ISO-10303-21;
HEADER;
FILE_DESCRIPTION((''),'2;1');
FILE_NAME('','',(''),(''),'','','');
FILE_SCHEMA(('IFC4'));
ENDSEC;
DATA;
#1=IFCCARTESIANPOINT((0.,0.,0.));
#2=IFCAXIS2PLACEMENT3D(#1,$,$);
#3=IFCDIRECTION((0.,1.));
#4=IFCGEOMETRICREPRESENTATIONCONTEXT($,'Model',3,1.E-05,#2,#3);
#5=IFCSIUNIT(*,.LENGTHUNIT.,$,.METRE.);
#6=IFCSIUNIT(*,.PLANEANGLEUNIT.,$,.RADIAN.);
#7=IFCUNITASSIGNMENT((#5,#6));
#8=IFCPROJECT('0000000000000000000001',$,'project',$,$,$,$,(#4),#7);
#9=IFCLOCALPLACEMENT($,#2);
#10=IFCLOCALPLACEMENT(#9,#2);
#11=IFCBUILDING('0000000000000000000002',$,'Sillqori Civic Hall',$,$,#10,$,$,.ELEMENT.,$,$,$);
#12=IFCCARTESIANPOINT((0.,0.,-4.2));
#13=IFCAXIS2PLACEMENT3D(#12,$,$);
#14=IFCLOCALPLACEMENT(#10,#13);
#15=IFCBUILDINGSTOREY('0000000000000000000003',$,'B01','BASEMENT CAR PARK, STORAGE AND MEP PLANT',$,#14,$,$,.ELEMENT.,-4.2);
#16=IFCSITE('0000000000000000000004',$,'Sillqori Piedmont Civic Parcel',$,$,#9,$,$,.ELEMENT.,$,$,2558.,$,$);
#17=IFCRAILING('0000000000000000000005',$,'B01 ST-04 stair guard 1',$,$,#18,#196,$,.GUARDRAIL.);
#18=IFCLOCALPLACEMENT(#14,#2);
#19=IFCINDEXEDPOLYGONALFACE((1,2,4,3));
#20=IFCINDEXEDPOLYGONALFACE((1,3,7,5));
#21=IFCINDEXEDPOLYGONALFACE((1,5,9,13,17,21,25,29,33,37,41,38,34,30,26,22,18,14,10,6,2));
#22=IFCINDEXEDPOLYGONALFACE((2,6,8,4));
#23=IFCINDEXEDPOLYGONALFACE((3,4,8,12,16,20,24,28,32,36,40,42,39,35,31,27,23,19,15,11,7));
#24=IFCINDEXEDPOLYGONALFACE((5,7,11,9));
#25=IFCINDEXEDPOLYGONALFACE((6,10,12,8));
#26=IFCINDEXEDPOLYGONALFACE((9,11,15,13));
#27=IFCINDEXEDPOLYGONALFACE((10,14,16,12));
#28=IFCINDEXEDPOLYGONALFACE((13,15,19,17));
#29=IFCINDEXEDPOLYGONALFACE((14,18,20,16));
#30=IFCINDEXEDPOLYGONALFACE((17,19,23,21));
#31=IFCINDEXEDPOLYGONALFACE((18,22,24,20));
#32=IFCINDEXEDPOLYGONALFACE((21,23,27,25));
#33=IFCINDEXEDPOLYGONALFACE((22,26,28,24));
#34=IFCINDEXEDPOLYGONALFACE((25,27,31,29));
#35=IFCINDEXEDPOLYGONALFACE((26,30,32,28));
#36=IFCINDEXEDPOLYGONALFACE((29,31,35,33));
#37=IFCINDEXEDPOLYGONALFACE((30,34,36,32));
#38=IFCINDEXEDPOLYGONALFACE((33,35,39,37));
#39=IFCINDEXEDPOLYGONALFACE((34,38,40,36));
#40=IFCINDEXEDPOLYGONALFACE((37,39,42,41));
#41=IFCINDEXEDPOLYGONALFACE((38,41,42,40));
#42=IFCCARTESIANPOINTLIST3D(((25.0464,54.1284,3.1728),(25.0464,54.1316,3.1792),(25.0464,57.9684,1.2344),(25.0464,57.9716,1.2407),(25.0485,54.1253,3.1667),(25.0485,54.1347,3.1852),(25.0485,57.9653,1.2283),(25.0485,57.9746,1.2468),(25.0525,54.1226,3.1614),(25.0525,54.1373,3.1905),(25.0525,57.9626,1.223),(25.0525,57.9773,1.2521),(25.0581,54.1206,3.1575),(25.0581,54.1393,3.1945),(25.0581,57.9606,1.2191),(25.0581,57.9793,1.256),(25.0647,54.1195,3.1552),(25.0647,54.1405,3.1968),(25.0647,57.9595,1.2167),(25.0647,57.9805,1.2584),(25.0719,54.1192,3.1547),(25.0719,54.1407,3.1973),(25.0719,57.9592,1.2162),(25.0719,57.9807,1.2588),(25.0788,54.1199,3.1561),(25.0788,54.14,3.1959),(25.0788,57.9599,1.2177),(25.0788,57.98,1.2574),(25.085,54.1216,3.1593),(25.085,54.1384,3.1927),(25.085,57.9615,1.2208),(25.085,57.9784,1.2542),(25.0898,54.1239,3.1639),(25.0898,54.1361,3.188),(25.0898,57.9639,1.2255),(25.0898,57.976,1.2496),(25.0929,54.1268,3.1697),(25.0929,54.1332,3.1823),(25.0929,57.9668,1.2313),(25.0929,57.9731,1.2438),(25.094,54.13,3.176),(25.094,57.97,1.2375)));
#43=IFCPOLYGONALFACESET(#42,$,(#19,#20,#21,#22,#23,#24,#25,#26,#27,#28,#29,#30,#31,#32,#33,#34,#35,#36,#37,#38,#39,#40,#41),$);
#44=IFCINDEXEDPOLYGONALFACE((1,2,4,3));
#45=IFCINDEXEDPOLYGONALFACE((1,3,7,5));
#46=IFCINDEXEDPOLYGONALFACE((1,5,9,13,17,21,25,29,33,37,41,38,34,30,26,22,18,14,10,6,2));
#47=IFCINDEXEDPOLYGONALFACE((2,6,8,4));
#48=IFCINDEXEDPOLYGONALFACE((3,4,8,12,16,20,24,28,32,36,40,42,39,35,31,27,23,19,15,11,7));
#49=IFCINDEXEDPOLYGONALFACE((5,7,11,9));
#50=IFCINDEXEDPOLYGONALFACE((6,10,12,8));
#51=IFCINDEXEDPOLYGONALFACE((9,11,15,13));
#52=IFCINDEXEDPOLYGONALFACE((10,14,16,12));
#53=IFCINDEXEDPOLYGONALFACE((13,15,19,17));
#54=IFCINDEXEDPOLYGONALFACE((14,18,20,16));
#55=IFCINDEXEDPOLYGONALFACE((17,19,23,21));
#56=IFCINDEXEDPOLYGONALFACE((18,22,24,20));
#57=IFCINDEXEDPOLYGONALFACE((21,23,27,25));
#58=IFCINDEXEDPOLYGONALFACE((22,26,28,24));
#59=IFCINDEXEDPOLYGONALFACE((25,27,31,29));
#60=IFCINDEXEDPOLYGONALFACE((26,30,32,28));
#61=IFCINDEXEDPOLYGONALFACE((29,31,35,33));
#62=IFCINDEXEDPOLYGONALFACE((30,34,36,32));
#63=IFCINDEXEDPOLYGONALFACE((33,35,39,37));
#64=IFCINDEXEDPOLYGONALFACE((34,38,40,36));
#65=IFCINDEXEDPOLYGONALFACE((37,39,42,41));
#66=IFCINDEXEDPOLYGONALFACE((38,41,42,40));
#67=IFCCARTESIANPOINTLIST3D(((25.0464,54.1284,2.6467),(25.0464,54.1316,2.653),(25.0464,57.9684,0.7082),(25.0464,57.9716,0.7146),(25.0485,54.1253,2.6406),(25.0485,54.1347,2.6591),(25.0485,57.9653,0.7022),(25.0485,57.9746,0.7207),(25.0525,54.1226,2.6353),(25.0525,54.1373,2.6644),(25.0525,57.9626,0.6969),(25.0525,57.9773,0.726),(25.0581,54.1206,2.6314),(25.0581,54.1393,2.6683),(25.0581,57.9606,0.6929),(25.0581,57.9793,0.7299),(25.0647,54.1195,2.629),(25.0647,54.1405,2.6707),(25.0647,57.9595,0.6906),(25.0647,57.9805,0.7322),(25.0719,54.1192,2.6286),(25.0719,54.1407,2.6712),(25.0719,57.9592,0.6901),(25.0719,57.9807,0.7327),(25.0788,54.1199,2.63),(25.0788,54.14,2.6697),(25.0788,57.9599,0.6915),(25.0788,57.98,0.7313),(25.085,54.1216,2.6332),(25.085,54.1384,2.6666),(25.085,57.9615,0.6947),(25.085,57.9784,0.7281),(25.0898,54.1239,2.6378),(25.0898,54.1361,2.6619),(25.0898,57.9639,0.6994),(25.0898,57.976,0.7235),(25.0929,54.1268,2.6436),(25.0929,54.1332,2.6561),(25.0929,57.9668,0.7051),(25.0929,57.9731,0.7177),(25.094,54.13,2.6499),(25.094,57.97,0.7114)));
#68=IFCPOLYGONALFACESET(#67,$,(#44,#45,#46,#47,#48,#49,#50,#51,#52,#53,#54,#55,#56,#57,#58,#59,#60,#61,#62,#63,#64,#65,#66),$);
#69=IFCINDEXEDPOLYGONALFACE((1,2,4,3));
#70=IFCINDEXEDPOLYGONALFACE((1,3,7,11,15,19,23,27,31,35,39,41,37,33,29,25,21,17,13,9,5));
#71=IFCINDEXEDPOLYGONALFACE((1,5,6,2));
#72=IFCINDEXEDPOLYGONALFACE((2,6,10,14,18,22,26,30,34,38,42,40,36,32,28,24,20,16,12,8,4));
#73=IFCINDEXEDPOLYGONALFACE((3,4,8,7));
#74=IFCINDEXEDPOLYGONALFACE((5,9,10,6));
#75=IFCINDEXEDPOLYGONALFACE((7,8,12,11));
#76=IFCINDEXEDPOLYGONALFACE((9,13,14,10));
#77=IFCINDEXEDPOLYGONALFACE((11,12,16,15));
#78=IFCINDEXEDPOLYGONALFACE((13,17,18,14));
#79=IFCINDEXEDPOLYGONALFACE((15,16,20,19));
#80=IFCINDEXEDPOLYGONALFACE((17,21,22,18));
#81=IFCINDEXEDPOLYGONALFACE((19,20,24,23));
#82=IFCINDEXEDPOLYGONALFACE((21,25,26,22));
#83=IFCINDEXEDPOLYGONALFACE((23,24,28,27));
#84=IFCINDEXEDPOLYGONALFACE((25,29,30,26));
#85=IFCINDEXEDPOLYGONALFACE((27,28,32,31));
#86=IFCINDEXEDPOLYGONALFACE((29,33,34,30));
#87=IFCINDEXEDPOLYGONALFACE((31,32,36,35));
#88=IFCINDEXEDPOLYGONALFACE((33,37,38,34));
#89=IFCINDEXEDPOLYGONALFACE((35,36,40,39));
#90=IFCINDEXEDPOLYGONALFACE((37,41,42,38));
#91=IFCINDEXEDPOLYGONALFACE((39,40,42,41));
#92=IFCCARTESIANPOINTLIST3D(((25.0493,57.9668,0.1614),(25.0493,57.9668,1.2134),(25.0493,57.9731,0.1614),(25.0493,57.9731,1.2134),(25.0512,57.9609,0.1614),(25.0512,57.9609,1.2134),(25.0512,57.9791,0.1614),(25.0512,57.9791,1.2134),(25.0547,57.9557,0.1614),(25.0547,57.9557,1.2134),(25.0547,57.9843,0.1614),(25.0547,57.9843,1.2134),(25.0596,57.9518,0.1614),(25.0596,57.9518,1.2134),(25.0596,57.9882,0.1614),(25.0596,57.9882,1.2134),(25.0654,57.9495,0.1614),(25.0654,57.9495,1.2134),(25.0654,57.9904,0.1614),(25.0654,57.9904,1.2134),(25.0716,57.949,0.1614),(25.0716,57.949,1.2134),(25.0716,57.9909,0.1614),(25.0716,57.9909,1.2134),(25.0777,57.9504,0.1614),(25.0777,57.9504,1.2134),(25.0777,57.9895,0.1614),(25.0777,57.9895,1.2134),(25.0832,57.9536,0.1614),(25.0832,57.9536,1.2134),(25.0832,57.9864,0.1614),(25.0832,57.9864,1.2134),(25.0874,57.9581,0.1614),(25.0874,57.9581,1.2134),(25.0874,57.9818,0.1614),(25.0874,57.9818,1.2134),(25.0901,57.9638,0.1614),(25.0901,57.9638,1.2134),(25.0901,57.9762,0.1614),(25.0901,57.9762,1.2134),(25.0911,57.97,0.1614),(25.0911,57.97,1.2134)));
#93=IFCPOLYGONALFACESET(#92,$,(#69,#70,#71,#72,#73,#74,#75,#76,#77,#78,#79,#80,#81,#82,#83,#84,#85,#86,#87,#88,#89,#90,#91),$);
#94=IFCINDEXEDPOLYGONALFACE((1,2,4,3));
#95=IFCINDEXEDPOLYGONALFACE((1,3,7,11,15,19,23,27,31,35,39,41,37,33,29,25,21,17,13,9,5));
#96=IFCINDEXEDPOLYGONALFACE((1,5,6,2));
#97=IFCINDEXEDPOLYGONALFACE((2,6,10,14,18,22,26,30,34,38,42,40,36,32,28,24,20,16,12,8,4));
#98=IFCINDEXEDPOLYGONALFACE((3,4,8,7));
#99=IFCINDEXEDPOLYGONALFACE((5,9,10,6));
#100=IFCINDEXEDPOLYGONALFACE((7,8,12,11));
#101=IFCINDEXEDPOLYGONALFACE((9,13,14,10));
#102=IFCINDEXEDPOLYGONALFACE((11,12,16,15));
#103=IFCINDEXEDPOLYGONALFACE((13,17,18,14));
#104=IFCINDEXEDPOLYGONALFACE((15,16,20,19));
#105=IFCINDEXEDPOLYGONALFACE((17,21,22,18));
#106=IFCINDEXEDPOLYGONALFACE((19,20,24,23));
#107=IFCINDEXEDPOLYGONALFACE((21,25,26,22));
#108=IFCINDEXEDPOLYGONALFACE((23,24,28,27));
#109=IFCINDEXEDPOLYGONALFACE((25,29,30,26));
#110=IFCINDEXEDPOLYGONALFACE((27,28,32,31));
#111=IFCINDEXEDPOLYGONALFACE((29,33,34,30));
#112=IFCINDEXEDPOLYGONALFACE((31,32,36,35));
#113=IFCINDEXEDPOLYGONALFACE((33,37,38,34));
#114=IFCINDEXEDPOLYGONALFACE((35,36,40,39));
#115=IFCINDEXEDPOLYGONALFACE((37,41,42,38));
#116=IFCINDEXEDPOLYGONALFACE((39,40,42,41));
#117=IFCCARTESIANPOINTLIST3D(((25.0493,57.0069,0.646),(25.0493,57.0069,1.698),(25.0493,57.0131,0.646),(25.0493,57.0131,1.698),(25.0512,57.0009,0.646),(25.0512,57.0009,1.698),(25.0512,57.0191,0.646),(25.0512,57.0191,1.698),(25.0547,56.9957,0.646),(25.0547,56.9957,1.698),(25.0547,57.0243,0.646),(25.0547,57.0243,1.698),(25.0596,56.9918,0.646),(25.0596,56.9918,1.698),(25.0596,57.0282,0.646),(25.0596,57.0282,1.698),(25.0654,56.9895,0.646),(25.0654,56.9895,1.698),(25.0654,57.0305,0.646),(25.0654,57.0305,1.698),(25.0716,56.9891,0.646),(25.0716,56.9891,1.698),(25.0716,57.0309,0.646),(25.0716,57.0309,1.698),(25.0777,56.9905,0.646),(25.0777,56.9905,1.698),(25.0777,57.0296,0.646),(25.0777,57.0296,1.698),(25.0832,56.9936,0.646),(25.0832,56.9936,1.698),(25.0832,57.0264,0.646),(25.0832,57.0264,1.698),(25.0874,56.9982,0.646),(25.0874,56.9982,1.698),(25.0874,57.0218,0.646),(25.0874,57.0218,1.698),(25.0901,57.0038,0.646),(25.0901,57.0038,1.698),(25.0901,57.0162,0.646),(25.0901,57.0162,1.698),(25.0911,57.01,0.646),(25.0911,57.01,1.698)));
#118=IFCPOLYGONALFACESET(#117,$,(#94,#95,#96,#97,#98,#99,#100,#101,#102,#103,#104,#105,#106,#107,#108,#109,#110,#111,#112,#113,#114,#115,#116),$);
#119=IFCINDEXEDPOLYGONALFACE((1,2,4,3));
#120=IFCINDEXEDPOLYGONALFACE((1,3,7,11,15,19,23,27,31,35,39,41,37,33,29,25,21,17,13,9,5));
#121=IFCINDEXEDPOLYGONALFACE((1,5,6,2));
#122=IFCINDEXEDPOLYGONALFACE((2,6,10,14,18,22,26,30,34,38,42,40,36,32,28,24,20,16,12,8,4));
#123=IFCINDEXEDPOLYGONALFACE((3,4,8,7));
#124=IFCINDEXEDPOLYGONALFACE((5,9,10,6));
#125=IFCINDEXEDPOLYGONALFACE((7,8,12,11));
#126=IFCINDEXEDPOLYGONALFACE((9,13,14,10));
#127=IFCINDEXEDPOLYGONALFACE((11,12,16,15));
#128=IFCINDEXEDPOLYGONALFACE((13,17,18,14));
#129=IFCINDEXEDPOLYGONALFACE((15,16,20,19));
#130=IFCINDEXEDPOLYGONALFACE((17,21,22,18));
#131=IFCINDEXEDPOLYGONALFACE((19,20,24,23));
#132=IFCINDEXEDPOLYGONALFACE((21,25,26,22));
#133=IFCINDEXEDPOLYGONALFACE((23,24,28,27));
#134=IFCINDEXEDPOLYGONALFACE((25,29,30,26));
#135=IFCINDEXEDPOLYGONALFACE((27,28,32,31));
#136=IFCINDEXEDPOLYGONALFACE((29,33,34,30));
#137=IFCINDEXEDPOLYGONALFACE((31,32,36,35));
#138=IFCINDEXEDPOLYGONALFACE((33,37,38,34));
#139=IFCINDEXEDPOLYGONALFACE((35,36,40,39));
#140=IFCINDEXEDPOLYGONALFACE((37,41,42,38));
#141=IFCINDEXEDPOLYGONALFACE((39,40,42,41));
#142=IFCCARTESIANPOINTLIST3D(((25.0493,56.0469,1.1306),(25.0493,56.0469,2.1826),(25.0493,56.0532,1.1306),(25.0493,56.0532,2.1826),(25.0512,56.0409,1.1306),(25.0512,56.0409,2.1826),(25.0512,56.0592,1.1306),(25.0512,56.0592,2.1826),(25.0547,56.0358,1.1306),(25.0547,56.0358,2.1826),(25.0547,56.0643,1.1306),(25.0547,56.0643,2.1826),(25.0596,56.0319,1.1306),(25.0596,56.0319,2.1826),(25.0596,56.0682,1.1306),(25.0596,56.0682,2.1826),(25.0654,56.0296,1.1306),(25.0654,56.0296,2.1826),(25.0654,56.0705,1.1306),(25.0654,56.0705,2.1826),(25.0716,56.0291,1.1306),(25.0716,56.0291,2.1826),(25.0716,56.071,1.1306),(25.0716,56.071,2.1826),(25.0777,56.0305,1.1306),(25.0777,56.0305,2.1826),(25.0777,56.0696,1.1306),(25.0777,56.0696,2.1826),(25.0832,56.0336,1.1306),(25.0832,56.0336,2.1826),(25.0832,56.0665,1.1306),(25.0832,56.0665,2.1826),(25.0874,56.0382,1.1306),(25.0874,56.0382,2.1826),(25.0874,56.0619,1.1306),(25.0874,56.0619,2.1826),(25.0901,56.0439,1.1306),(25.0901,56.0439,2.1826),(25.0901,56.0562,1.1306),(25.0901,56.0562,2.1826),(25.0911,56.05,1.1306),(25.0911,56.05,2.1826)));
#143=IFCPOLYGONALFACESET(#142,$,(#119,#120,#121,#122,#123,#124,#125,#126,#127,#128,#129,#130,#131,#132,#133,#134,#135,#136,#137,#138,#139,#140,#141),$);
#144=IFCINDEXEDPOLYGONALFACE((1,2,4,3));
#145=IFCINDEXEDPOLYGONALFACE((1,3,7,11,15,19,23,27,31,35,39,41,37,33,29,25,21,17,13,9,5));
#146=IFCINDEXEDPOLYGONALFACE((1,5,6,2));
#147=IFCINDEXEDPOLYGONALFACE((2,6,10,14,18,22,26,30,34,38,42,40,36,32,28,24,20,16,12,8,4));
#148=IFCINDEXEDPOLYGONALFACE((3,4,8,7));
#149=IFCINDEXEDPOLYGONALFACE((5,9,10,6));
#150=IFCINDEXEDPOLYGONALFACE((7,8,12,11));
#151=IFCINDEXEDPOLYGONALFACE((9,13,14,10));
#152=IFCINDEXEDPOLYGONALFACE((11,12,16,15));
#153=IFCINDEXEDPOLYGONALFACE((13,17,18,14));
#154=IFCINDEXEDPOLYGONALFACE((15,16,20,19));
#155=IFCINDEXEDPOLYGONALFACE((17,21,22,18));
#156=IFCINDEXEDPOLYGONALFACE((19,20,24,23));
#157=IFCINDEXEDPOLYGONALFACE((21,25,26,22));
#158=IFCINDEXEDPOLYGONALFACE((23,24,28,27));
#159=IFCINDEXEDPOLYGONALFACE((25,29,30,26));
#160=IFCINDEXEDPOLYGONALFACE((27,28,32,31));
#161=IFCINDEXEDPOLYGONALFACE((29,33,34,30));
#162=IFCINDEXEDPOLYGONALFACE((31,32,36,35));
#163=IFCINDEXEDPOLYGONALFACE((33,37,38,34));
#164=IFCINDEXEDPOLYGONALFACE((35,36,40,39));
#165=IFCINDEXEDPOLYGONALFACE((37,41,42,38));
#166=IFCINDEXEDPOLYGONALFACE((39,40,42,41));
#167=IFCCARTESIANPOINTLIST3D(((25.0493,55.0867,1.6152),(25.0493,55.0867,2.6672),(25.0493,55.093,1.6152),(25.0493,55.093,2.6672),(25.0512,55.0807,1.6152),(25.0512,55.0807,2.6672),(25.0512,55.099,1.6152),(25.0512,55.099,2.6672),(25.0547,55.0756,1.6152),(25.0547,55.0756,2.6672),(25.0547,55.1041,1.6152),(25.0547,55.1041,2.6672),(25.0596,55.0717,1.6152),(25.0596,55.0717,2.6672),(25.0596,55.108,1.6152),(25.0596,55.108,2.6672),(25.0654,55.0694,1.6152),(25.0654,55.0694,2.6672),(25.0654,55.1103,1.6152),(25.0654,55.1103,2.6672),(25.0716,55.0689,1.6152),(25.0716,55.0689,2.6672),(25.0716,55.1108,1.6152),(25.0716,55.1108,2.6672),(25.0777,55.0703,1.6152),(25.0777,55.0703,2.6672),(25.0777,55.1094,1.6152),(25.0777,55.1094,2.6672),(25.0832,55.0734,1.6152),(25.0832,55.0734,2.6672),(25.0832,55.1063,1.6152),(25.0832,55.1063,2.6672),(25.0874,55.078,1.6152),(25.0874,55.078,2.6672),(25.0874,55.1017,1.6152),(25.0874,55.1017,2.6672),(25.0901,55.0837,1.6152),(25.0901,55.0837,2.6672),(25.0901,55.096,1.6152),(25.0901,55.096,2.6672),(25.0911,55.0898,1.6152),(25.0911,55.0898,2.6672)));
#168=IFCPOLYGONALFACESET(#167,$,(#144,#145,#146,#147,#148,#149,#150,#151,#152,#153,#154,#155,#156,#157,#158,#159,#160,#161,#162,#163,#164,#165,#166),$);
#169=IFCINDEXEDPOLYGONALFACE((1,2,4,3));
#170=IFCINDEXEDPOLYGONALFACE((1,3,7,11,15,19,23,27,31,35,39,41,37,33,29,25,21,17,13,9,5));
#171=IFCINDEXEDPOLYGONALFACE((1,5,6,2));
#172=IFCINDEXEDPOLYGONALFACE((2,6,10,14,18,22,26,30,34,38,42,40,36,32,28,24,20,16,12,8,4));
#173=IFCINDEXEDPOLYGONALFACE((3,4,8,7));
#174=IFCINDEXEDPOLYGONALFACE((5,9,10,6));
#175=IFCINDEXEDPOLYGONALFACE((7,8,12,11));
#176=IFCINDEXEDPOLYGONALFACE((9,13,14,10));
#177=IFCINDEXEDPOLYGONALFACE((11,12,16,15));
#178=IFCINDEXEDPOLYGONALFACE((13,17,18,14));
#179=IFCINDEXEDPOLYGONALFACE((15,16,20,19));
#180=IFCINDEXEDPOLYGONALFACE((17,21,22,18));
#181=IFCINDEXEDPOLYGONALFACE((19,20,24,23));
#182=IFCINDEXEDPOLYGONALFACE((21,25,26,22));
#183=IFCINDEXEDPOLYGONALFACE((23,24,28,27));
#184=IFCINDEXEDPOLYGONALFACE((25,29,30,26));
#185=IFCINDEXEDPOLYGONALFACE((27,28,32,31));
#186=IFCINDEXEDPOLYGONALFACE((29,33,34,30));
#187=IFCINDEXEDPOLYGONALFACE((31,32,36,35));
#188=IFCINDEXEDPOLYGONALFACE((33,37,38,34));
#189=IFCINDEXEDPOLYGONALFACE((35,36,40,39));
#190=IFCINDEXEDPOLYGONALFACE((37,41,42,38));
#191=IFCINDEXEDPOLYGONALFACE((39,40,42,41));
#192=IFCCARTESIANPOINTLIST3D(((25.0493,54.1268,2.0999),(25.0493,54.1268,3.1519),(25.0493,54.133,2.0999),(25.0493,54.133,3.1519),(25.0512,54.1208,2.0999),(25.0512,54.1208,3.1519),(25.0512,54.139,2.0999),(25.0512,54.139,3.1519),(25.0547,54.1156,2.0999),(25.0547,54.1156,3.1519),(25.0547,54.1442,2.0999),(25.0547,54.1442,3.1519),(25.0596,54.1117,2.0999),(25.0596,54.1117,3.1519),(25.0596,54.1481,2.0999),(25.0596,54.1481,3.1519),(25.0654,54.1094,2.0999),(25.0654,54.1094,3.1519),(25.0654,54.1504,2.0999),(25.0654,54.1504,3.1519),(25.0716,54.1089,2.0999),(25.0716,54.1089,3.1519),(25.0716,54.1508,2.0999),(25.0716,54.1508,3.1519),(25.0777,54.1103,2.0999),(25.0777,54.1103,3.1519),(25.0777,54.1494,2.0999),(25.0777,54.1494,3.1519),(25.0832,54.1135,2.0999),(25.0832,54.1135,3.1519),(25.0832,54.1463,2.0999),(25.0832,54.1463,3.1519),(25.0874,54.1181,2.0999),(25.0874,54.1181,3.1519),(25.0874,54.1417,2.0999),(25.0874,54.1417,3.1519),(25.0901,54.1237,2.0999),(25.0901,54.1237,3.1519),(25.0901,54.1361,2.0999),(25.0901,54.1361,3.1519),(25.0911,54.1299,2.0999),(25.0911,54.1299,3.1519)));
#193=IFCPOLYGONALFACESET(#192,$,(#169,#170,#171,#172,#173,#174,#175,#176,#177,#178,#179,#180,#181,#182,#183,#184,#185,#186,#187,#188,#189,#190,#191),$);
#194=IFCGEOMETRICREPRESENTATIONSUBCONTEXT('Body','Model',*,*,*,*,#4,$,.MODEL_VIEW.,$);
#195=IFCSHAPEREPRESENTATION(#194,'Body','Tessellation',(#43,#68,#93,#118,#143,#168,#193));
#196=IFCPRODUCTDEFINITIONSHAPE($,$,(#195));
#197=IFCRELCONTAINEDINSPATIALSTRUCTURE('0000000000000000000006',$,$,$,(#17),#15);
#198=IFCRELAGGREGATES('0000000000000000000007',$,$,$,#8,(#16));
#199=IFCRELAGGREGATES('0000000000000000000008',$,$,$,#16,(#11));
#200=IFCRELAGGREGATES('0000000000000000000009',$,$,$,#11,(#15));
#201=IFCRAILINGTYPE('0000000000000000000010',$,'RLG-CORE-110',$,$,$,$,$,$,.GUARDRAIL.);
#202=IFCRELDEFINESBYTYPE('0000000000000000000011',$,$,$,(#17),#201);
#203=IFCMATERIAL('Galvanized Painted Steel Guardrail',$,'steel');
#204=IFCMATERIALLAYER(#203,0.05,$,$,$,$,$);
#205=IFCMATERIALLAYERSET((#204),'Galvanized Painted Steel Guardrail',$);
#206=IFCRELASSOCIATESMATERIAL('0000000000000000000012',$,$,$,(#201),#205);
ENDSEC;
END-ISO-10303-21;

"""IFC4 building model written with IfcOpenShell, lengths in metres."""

from ifc_helpers import new_model, si_unit, direction, frame, origin, origin_2d, place, context, subcontext, project, spatial, circle, extrude, material, layer, layer_set, type_object, element, save


model = new_model("IFC4")

# Units and contexts
model_context = context("Model", 3, precision=1e-05, world=origin(), true_north=direction((0.0, 1.0)))
body_context = subcontext(model_context, "Body", "Model", "MODEL_VIEW")
ifc_project = project(units=[si_unit("LENGTHUNIT", "METRE"), si_unit("PLANEANGLEUNIT", "RADIAN")], contexts=[model_context])

# Site, building, storey
site_placement = place(None, origin())
site = spatial("IfcSite", under=ifc_project, at=site_placement, Name="Sillqori Piedmont Civic Parcel", CompositionType="ELEMENT", RefElevation=2558.0)
building_placement = place(site_placement, origin())
building = spatial("IfcBuilding", under=site, at=building_placement, Name="Sillqori Civic Hall", CompositionType="ELEMENT")
storey_placement = place(building_placement, frame((0.0, 0.0, -4.2)))
storey = spatial("IfcBuildingStorey", under=building, at=storey_placement, Name="B01", Description="BASEMENT CAR PARK, STORAGE AND MEP PLANT", CompositionType="ELEMENT", Elevation=-4.2)

# Railing
ifc_material_1 = material(Name="Galvanized Painted Steel Guardrail", Category="steel")
ifc_layer_1 = layer(ifc_material_1, 0.05)
ifc_layer_set_1 = layer_set([ifc_layer_1], Name="Galvanized Painted Steel Guardrail")
railing_type_1 = type_object("IfcRailingType", Name="RLG-CORE-110", PredefinedType="GUARDRAIL", material=ifc_layer_set_1)
railing_1_placement = place(storey_placement, frame((25.0701, 57.97, 0.1614)))
element("IfcRailing", 1, at=railing_1_placement, inside=storey, type_object=railing_type_1, Name="B01 ST-04 stair guard 1", PredefinedType="GUARDRAIL", context=body_context, shape_type="SweptSolid", body=[
    extrude(circle(Radius=0.0239, at=origin_2d()), frame((0.0, 0.0, 1.0762), z_axis=(0.0, -0.892707, 0.450638), x_axis=(1.0, 0.0, 0.0)), (0.0, 0.0, 1.0), 4.3015),
    extrude(circle(Radius=0.0239, at=origin_2d()), frame((0.0, 0.0, 0.55), z_axis=(0.0, -0.892707, 0.450638), x_axis=(1.0, 0.0, 0.0)), (0.0, 0.0, 1.0), 4.3015),
    extrude(circle(Radius=0.021, at=origin_2d()), origin(), (0.0, 0.0, 1.0), 1.052),
    extrude(circle(Radius=0.021, at=origin_2d()), frame((0.0, -0.96, 0.4846)), (0.0, 0.0, 1.0), 1.052),
    extrude(circle(Radius=0.021, at=origin_2d()), frame((0.0, -1.9199, 0.9692)), (0.0, 0.0, 1.0), 1.052),
    extrude(circle(Radius=0.021, at=origin_2d()), frame((0.0, -2.8801, 1.4539)), (0.0, 0.0, 1.0), 1.052),
    extrude(circle(Radius=0.021, at=origin_2d()), frame((0.0, -3.8401, 1.9385)), (0.0, 0.0, 1.0), 1.052),
])

save(model, "model.ifc")
